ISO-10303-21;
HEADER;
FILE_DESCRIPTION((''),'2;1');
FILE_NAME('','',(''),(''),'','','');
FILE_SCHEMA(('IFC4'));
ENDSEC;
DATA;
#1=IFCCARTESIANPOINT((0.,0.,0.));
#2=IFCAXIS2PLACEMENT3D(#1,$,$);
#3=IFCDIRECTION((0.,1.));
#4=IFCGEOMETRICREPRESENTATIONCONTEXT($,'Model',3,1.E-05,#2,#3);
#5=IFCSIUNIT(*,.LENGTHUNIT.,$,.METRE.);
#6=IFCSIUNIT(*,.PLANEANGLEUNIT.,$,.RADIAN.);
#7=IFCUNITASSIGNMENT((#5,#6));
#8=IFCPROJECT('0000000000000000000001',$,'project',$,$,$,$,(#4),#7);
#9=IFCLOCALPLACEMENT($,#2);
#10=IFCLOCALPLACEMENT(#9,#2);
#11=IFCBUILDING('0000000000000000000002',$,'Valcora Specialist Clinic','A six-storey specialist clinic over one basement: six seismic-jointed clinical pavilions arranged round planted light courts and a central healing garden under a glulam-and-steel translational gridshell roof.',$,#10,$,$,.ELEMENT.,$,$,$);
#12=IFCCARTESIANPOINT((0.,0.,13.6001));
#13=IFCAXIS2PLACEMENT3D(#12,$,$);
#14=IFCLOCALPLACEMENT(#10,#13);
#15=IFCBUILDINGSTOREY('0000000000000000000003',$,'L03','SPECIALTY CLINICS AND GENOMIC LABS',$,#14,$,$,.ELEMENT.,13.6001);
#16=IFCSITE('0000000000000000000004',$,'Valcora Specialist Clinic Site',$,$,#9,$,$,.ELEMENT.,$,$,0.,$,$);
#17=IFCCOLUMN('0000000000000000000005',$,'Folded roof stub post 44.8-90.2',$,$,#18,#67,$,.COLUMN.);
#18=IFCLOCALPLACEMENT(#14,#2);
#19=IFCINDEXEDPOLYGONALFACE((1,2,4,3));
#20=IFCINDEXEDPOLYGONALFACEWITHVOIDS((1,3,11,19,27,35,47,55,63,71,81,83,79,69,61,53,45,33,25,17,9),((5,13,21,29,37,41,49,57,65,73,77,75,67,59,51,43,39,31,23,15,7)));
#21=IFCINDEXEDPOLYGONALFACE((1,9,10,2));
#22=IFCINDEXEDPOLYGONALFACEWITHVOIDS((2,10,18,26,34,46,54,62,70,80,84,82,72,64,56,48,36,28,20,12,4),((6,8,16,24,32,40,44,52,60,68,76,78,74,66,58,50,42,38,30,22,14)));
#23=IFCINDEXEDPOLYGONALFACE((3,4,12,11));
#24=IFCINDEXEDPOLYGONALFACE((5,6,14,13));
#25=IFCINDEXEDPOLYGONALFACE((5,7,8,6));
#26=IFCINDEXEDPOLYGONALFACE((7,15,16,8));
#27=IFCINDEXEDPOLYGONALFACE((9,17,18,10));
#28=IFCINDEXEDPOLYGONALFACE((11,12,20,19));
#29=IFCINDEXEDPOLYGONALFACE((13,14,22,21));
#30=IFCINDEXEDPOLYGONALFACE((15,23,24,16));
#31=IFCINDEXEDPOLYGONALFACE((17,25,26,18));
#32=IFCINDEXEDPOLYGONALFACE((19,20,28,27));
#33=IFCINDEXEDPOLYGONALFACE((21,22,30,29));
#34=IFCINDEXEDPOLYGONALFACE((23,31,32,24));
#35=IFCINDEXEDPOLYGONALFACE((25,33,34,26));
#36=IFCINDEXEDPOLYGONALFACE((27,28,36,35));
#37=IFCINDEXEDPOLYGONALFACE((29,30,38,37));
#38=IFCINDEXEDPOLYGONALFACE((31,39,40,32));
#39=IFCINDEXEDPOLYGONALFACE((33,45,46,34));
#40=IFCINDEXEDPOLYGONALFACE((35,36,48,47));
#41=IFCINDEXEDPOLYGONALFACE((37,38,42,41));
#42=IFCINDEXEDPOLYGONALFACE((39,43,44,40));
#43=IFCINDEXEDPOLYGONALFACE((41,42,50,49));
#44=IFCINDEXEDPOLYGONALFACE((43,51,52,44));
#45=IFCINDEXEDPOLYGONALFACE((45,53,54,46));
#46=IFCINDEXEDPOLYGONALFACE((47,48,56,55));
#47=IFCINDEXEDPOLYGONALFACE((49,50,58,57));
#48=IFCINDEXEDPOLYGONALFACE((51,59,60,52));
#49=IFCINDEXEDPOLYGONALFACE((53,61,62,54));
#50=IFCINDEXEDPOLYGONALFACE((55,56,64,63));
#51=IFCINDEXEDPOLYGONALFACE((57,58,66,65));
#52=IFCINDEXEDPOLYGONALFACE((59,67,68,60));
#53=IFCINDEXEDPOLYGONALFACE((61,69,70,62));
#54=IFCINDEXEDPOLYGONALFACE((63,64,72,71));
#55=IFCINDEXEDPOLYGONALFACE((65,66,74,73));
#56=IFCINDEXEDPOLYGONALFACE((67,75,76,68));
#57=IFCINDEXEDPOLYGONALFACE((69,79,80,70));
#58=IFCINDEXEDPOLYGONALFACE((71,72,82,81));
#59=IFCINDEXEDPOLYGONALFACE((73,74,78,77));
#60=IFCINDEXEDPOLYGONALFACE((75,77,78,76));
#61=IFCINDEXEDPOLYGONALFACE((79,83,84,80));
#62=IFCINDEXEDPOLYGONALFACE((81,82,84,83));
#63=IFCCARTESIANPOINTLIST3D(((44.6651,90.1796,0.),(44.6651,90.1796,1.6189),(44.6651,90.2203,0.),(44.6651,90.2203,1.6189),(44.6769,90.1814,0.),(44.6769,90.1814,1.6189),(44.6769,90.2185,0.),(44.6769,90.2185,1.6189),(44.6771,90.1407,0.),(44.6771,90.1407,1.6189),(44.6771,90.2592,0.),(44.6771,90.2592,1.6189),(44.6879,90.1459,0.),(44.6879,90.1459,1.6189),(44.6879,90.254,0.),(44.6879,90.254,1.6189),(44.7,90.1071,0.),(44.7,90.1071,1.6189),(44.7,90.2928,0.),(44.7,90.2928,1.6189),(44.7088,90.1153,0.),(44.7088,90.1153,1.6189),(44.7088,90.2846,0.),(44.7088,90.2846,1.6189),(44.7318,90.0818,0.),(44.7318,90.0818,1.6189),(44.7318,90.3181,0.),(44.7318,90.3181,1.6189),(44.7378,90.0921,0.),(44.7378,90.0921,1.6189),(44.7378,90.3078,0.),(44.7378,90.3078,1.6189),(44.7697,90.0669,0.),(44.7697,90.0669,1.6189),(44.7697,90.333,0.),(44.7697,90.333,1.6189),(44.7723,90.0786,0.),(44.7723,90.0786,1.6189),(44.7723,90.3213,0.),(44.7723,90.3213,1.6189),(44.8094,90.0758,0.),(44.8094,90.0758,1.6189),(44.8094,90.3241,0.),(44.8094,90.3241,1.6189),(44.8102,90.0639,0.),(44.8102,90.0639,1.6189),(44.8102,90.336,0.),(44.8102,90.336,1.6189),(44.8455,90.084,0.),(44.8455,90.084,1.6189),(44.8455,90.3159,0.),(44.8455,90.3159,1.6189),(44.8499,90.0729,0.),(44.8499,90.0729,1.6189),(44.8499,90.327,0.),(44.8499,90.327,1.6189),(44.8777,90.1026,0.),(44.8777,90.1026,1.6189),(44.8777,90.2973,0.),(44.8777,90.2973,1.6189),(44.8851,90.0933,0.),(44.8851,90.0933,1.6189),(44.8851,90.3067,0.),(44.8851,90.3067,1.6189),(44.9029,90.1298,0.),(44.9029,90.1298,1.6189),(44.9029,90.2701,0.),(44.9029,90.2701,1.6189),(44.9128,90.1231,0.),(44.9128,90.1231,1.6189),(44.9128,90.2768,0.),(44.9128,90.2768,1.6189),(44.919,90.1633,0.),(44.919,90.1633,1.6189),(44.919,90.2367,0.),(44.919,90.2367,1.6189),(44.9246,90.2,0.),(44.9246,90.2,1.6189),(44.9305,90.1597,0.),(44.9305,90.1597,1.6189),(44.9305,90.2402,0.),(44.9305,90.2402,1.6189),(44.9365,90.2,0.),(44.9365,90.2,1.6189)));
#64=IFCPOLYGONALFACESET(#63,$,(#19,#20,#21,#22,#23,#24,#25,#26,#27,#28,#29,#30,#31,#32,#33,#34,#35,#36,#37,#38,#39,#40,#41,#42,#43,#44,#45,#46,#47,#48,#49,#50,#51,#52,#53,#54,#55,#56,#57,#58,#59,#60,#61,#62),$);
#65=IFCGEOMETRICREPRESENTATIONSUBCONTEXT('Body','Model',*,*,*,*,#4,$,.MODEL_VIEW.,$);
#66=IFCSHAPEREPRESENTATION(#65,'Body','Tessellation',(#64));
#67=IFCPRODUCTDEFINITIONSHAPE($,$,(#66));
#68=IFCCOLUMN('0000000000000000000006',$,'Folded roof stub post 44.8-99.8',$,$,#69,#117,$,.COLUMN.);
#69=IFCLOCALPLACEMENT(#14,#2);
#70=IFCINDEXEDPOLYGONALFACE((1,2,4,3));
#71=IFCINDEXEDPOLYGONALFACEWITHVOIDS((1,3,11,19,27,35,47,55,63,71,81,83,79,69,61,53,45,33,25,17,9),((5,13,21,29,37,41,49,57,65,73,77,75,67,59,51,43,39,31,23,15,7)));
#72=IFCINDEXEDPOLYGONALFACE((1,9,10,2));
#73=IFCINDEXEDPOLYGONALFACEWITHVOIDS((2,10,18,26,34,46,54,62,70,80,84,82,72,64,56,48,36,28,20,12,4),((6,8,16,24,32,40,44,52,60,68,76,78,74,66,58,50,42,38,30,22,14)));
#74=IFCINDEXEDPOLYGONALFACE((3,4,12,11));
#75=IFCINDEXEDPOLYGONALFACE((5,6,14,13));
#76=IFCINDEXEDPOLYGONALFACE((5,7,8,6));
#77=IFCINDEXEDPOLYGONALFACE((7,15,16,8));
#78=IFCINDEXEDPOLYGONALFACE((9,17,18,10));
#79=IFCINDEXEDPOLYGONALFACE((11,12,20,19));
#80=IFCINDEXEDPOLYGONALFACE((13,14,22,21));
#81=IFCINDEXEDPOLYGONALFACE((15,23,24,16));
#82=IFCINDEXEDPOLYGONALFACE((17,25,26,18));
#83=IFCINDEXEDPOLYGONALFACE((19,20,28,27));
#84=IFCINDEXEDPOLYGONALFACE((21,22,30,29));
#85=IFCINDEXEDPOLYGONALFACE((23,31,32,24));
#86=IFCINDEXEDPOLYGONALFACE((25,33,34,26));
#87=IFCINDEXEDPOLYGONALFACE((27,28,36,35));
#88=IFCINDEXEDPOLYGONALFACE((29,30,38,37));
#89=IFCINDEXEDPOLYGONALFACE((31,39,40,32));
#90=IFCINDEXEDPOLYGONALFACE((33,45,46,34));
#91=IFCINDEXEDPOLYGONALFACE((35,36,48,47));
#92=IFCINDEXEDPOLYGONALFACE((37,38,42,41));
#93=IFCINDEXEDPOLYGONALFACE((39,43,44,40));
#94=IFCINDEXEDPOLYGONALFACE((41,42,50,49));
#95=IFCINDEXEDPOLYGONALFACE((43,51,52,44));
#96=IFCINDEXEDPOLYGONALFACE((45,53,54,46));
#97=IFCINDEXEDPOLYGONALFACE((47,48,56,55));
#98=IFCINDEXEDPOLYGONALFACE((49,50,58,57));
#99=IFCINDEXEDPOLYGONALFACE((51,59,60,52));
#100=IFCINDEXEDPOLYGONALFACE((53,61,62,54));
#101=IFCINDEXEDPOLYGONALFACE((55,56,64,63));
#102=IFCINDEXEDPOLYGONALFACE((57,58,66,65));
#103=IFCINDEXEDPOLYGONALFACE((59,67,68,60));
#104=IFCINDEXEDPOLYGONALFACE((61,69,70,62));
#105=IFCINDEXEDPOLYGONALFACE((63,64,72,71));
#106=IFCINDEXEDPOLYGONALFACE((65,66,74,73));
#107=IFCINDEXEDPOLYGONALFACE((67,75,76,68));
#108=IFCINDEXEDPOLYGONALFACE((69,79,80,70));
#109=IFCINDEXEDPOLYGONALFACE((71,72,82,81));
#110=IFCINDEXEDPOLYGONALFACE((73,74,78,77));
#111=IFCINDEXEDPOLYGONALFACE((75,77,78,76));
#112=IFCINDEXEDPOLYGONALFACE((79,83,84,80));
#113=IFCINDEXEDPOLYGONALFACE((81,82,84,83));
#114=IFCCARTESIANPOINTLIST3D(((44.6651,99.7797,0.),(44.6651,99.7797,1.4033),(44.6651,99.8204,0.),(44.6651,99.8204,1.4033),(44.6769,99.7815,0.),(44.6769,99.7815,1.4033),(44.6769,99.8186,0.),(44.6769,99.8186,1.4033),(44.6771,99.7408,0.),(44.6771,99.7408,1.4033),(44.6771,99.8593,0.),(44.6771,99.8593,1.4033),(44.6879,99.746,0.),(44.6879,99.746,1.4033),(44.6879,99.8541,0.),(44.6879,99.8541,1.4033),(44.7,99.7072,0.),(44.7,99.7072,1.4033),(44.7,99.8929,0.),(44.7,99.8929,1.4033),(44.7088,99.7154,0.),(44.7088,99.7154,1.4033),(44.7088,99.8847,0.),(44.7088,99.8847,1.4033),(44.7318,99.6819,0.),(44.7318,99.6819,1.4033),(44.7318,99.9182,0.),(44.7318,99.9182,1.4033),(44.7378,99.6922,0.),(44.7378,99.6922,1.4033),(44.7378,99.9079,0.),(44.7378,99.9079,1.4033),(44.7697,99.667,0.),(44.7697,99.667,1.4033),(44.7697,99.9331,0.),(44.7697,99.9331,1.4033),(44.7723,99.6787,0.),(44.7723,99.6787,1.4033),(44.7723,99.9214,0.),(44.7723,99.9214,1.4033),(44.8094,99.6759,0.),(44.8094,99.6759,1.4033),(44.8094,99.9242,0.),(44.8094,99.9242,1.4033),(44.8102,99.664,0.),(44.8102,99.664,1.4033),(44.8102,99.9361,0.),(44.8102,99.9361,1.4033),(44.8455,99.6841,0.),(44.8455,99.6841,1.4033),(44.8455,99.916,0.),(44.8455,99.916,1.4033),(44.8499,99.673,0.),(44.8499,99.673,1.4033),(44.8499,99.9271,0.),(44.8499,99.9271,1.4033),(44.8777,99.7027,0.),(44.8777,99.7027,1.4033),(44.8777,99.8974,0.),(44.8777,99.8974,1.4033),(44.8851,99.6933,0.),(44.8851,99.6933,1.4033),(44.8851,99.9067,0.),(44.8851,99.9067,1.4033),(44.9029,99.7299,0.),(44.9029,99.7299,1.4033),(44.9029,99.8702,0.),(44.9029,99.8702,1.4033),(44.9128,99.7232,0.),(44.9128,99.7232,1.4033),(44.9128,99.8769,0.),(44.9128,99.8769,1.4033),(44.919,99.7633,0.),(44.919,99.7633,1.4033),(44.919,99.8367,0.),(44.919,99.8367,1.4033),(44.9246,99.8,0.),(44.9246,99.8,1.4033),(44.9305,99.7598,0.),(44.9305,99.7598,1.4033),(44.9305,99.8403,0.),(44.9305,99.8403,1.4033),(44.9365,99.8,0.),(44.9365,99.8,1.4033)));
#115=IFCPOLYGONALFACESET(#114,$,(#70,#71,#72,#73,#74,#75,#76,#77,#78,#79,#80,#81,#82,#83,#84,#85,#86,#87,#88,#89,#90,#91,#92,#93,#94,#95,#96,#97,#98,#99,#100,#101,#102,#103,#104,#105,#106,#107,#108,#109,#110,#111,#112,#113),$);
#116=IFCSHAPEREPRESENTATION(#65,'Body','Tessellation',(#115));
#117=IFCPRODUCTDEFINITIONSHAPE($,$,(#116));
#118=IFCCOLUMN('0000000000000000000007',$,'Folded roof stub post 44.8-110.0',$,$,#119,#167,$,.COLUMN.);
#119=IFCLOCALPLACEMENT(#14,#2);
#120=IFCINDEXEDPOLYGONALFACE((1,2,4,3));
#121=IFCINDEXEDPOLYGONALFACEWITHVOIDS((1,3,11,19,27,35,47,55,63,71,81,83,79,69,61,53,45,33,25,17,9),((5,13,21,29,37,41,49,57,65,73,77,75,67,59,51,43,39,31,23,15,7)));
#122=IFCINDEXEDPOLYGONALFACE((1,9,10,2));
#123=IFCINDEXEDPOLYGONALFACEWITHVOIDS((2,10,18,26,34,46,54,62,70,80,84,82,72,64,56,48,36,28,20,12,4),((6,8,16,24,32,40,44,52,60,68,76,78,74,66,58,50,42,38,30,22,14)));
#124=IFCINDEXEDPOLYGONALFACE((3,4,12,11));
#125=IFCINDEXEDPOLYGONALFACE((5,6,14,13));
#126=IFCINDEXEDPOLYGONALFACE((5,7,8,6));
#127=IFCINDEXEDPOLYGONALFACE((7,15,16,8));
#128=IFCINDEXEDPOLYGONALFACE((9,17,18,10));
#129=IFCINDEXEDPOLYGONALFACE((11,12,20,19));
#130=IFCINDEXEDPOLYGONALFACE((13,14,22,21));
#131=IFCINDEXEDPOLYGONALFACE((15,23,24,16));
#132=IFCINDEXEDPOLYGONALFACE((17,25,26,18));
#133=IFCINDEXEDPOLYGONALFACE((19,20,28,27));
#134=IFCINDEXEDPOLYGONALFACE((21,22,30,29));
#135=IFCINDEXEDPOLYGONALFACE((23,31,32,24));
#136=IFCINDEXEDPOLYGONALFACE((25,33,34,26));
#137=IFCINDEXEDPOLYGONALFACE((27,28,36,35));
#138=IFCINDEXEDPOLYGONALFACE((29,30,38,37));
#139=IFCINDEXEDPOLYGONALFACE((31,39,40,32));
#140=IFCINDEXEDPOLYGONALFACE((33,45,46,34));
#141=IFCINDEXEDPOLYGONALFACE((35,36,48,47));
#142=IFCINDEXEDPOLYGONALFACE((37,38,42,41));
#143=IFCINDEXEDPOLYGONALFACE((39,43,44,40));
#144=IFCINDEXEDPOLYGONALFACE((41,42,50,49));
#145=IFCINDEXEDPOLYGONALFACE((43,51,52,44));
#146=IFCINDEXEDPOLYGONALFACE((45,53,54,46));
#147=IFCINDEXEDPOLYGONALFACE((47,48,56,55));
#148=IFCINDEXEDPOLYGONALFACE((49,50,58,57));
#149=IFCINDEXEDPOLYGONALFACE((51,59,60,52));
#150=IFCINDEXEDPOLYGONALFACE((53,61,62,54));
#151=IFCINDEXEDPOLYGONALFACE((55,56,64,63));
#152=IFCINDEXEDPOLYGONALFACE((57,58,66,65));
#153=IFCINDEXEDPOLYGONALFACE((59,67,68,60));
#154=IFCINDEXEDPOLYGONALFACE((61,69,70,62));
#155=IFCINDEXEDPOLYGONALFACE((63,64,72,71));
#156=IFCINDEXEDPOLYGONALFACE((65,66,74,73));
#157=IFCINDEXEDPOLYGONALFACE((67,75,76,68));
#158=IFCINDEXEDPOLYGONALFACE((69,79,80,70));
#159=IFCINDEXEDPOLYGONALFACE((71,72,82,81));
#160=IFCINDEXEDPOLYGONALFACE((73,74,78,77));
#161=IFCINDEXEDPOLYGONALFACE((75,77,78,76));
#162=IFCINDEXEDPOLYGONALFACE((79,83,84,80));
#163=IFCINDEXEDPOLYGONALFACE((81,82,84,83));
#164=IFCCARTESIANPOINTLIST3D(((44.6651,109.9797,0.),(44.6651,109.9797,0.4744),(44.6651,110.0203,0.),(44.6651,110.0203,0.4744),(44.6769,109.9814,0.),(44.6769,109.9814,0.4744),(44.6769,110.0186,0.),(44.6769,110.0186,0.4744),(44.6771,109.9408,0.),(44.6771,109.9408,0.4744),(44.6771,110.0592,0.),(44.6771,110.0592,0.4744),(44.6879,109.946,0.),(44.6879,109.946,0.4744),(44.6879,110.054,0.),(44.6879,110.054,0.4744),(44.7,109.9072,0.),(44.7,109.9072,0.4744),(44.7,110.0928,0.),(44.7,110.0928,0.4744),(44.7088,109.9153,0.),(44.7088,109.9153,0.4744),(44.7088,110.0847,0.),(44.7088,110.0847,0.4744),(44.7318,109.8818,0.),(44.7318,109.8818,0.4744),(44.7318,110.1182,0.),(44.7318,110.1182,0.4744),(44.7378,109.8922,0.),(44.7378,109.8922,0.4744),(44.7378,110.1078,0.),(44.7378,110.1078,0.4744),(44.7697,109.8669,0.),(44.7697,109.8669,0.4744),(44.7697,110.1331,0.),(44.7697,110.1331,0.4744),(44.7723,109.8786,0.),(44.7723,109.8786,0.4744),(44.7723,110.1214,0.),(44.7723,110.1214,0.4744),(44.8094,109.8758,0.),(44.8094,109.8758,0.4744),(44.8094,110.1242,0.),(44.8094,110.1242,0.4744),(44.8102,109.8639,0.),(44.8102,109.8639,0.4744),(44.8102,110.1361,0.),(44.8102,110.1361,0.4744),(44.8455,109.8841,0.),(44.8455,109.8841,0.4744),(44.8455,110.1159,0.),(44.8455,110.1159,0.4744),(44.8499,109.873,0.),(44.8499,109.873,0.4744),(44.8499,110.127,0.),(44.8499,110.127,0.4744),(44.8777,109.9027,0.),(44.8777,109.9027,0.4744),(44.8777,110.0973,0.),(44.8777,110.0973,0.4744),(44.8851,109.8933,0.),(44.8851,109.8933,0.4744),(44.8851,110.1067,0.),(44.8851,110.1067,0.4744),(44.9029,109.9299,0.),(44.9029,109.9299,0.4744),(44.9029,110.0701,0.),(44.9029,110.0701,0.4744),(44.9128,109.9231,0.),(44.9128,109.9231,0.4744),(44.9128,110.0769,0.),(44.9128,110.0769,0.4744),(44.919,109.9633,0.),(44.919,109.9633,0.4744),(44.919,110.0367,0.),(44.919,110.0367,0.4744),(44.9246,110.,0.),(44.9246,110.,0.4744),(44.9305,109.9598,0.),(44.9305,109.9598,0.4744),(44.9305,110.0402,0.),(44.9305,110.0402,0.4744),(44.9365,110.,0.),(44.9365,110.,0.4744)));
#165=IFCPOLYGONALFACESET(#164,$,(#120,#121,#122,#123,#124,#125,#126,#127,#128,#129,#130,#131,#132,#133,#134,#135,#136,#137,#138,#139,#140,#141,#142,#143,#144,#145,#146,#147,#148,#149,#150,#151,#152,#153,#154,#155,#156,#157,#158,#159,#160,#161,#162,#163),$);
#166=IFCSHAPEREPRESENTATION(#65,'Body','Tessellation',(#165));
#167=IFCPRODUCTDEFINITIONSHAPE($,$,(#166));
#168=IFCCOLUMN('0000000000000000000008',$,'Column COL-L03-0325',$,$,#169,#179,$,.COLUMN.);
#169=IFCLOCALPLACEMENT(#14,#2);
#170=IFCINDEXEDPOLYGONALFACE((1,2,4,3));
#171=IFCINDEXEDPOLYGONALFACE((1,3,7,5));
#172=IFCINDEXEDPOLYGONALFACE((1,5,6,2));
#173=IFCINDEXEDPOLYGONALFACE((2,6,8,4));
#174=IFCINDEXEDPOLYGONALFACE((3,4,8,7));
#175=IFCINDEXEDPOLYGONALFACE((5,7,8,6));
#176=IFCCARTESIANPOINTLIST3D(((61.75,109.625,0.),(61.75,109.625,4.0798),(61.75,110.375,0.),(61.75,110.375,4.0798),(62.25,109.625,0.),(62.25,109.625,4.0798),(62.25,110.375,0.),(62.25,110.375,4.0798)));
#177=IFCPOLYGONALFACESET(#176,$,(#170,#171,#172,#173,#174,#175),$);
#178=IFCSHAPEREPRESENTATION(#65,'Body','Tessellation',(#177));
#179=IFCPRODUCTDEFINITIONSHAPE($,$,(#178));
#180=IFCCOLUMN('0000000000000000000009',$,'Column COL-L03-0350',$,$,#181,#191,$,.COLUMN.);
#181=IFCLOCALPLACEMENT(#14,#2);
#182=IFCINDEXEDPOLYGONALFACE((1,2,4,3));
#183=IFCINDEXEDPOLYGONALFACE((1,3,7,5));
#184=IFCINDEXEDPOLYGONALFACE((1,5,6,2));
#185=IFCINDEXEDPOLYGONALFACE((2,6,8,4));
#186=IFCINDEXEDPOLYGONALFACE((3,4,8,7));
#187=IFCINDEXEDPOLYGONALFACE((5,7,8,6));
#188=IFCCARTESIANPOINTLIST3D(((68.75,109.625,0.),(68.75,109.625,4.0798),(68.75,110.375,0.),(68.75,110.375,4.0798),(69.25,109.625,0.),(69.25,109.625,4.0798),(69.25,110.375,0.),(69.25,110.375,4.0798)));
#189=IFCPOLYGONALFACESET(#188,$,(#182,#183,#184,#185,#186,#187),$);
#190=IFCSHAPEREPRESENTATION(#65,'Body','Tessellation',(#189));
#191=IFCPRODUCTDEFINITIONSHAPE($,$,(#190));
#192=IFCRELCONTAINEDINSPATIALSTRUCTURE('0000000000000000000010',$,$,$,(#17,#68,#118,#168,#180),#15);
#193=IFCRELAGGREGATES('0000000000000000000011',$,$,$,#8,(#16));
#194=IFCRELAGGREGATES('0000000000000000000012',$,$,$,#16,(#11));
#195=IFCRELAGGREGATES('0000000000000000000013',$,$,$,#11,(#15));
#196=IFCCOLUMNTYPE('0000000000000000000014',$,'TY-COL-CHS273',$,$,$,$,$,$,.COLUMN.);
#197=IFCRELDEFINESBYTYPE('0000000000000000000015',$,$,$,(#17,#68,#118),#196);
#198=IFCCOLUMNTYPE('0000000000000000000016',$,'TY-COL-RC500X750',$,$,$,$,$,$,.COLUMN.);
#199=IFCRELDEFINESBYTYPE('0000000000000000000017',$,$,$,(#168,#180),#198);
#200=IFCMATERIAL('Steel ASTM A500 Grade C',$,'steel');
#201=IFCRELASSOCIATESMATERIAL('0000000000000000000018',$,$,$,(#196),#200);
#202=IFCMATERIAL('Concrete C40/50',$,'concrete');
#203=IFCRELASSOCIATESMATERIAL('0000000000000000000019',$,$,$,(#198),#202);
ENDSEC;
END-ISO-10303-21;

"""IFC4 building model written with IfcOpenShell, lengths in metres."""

from ifc_helpers import new_model, si_unit, direction, frame, origin, origin_2d, place, context, subcontext, project, spatial, rectangle, hollow_circle, extrude, material, material_profile, profile_set, type_object, element, save


model = new_model("IFC4")

# Units and contexts
model_context = context("Model", 3, precision=1e-05, world=origin(), true_north=direction((0.0, 1.0)))
body_context = subcontext(model_context, "Body", "Model", "MODEL_VIEW")
ifc_project = project(units=[si_unit("LENGTHUNIT", "METRE"), si_unit("PLANEANGLEUNIT", "RADIAN")], contexts=[model_context])

# Site, building, storey
site_placement = place(None, origin())
site = spatial("IfcSite", under=ifc_project, at=site_placement, Name="Valcora Specialist Clinic Site", CompositionType="ELEMENT", RefElevation=0.0)
building_placement = place(site_placement, origin())
building = spatial("IfcBuilding", under=site, at=building_placement, Name="Valcora Specialist Clinic", Description="A six-storey specialist clinic over one basement: six seismic-jointed clinical pavilions arranged round planted light courts and a central healing garden under a glulam-and-steel translational gridshell roof.", CompositionType="ELEMENT")
storey_placement = place(building_placement, frame((0.0, 0.0, 13.6001)))
storey = spatial("IfcBuildingStorey", under=building, at=storey_placement, Name="L03", Description="SPECIALTY CLINICS AND GENOMIC LABS", CompositionType="ELEMENT", Elevation=13.6001)

# Columns
ifc_material_1 = material(Name="Steel ASTM A500 Grade C", Category="steel")
ifc_material_profile_1 = material_profile(ifc_material_1, hollow_circle(Radius=0.1365, WallThickness=0.012, at=origin_2d()), Name="ST-CHS-273X12")
ifc_profile_set_1 = profile_set([ifc_material_profile_1], Name="Steel ASTM A500 Grade C")
column_type_1 = type_object("IfcColumnType", Name="TY-COL-CHS273", PredefinedType="COLUMN", material=ifc_profile_set_1)
column_1_placement = place(storey_placement, frame((44.8, 90.2, 0.0), z_axis=(0.0, 0.0, 1.0), x_axis=(1.0, 0.0, 0.0)))
element("IfcColumn", 1, at=column_1_placement, inside=storey, type_object=column_type_1, Name="Folded roof stub post 44.8-90.2", PredefinedType="COLUMN", context=body_context, shape_type="SweptSolid", body=[
    extrude(hollow_circle(Radius=0.1365, WallThickness=0.012, at=origin_2d()), origin(), (0.0, 0.0, 1.0), 1.6189),
])
column_2_placement = place(storey_placement, frame((44.8, 99.8, 0.0), z_axis=(0.0, 0.0, 1.0), x_axis=(1.0, 0.0, 0.0)))
element("IfcColumn", 2, at=column_2_placement, inside=storey, type_object=column_type_1, Name="Folded roof stub post 44.8-99.8", PredefinedType="COLUMN", context=body_context, shape_type="SweptSolid", body=[
    extrude(hollow_circle(Radius=0.1365, WallThickness=0.012, at=origin_2d()), origin(), (0.0, 0.0, 1.0), 1.4033),
])
column_3_placement = place(storey_placement, frame((44.8, 110.0, 0.0), z_axis=(0.0, 0.0, 1.0), x_axis=(1.0, 0.0, 0.0)))
element("IfcColumn", 3, at=column_3_placement, inside=storey, type_object=column_type_1, Name="Folded roof stub post 44.8-110.0", PredefinedType="COLUMN", context=body_context, shape_type="SweptSolid", body=[
    extrude(hollow_circle(Radius=0.1365, WallThickness=0.012, at=origin_2d()), origin(), (0.0, 0.0, 1.0), 0.4744),
])
ifc_material_2 = material(Name="Concrete C40/50", Category="concrete")
ifc_material_profile_2 = material_profile(ifc_material_2, rectangle(XDim=0.5, YDim=0.75, at=origin_2d()), Name="RC-COL-500X750")
ifc_profile_set_2 = profile_set([ifc_material_profile_2], Name="Concrete C40/50")
column_type_2 = type_object("IfcColumnType", Name="TY-COL-RC500X750", PredefinedType="COLUMN", material=ifc_profile_set_2)
for number, where, z_axis, x_axis, name in (
    (4, (62.0, 110.0, 0.0), (0.0, 0.0, 1.0), (1.0, 0.0, 0.0), "Column COL-L03-0325"),
    (5, (69.0, 110.0, 0.0), (0.0, 0.0, 1.0), (1.0, 0.0, 0.0), "Column COL-L03-0350"),
):
    element("IfcColumn", number, at=place(storey_placement, frame(where, z_axis=z_axis, x_axis=x_axis)), inside=storey, type_object=column_type_2, Name=name, PredefinedType="COLUMN", context=body_context, shape_type="SweptSolid", body=[
        extrude(rectangle(XDim=0.5, YDim=0.75, at=origin_2d()), origin(), (0.0, 0.0, 1.0), 4.0798),
    ])

save(model, "model.ifc")
